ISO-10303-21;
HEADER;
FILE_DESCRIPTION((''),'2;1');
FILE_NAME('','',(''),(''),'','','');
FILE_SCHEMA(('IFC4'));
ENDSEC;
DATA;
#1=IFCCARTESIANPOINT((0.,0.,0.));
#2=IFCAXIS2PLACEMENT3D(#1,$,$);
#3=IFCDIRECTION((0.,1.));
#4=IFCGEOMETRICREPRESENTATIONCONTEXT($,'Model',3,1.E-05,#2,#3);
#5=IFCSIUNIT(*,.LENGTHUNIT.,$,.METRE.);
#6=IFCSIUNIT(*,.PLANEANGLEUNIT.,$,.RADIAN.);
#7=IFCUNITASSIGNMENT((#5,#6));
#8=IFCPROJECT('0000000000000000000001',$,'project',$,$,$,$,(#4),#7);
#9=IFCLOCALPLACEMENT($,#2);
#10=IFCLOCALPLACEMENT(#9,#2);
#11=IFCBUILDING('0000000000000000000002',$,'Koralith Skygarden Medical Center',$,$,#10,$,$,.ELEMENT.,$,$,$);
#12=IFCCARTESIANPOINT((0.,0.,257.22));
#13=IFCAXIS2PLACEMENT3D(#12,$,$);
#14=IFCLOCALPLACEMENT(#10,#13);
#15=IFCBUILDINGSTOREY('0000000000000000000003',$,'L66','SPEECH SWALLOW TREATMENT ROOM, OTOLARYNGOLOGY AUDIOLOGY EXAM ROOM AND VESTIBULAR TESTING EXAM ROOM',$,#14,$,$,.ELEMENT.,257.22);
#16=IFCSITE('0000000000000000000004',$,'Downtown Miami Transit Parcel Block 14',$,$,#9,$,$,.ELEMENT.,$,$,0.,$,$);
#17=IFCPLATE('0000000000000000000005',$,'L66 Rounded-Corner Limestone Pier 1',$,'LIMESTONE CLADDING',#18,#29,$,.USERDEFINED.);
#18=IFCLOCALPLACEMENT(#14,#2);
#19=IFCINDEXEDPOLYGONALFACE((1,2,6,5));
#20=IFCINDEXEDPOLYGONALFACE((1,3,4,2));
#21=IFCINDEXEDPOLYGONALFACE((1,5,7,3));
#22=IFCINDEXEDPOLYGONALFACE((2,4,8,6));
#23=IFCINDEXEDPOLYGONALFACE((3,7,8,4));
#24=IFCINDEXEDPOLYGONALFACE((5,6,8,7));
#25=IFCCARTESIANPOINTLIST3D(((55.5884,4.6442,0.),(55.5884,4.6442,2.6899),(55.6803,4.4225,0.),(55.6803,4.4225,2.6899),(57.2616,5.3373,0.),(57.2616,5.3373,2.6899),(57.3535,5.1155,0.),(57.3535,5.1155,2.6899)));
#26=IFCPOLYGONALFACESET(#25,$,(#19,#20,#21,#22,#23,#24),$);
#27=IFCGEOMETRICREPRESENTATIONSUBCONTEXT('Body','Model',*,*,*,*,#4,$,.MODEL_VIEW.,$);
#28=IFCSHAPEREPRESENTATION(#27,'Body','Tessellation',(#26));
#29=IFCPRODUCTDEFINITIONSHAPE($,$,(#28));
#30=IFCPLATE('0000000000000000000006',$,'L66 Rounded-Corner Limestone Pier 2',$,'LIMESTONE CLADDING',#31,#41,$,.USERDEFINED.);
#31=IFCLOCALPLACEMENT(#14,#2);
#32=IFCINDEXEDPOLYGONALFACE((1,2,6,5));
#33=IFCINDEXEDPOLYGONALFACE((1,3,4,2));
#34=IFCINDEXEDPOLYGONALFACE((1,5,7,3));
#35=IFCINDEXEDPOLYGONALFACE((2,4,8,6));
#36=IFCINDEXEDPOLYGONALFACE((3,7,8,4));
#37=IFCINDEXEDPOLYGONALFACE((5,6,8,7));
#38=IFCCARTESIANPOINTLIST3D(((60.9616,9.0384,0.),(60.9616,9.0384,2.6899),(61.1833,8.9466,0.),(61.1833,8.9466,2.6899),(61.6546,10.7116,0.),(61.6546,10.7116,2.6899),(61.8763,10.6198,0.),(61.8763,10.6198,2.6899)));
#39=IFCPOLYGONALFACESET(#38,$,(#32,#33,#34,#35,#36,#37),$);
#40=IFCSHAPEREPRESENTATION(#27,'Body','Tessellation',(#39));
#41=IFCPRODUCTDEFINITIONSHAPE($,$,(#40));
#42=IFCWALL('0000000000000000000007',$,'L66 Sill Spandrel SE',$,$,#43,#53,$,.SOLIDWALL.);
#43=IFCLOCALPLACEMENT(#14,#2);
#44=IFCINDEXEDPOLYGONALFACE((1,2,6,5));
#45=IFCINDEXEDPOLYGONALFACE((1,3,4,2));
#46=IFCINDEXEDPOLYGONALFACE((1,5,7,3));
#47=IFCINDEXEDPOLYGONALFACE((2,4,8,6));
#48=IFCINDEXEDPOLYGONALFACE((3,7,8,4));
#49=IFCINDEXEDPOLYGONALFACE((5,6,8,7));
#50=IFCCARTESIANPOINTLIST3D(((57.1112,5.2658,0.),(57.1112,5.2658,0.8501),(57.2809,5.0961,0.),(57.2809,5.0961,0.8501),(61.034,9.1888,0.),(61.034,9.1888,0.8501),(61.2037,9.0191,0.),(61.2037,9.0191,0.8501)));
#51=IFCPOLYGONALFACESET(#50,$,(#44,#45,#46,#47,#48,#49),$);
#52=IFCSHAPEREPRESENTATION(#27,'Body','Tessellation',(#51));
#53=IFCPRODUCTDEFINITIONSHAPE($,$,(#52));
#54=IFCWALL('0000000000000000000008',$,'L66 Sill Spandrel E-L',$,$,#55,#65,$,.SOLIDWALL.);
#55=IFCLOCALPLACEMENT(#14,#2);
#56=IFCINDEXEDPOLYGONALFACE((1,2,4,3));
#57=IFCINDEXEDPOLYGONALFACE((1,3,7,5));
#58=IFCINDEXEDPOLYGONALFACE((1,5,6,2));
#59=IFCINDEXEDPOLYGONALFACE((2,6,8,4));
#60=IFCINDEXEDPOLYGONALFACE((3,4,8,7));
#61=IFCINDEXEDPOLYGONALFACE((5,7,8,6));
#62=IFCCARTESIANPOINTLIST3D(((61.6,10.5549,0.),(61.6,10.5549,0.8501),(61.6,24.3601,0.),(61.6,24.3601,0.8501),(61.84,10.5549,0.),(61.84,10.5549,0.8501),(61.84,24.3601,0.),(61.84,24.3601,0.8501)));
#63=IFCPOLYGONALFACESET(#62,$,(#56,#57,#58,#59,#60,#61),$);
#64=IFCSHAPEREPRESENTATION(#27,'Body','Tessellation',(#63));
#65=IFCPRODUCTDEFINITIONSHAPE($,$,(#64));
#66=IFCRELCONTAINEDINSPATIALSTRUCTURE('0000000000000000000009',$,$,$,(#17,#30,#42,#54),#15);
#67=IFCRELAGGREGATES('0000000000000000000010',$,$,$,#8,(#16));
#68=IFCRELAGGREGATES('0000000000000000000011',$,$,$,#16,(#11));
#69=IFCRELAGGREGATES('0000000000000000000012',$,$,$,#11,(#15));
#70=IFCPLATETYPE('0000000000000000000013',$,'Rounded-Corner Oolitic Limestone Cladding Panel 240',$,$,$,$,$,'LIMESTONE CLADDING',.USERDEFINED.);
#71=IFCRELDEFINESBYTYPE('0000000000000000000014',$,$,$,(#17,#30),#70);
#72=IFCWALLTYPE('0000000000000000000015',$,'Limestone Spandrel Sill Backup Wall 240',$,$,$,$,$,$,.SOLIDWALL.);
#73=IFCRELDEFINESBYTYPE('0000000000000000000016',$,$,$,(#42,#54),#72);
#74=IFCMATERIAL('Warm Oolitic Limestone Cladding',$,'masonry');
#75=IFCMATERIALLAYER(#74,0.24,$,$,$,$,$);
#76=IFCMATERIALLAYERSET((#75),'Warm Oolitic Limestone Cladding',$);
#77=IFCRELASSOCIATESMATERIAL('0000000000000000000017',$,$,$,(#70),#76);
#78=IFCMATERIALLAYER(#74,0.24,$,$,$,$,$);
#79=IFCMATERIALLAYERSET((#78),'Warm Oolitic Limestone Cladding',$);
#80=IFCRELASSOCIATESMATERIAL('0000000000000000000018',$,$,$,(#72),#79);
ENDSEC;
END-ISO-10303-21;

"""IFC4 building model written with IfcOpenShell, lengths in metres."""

from ifc_helpers import new_model, si_unit, direction, frame, frame_2d, origin, origin_2d, place, context, subcontext, project, spatial, rectangle, extrude, material, layer, layer_set, type_object, element, save


model = new_model("IFC4")

# Units and contexts
model_context = context("Model", 3, precision=1e-05, world=origin(), true_north=direction((0.0, 1.0)))
body_context = subcontext(model_context, "Body", "Model", "MODEL_VIEW")
ifc_project = project(units=[si_unit("LENGTHUNIT", "METRE"), si_unit("PLANEANGLEUNIT", "RADIAN")], contexts=[model_context])

# Site, building, storey
site_placement = place(None, origin())
site = spatial("IfcSite", under=ifc_project, at=site_placement, Name="Downtown Miami Transit Parcel Block 14", CompositionType="ELEMENT", RefElevation=0.0)
building_placement = place(site_placement, origin())
building = spatial("IfcBuilding", under=site, at=building_placement, Name="Koralith Skygarden Medical Center", CompositionType="ELEMENT")
storey_placement = place(building_placement, frame((0.0, 0.0, 257.22)))
storey = spatial("IfcBuildingStorey", under=building, at=storey_placement, Name="L66", Description="SPEECH SWALLOW TREATMENT ROOM, OTOLARYNGOLOGY AUDIOLOGY EXAM ROOM AND VESTIBULAR TESTING EXAM ROOM", CompositionType="ELEMENT", Elevation=257.22)

# Plates
ifc_material_1 = material(Name="Warm Oolitic Limestone Cladding", Category="masonry")
ifc_layer_1 = layer(ifc_material_1, 0.24)
ifc_layer_set_1 = layer_set([ifc_layer_1], Name="Warm Oolitic Limestone Cladding")
plate_type_1 = type_object("IfcPlateType", Name="Rounded-Corner Oolitic Limestone Cladding Panel 240", ElementType="LIMESTONE CLADDING", PredefinedType="USERDEFINED", material=ifc_layer_set_1)
for number, where, z_axis, x_axis, name in (
    (1, (56.4709, 4.8799, 0.0), (0.0, 0.0, 1.0), (0.923885, 0.382671, 0.0), "L66 Rounded-Corner Limestone Pier 1"),
    (2, (61.4189, 9.8291, 0.0), (0.0, 0.0, 1.0), (0.382671, 0.923885, 0.0), "L66 Rounded-Corner Limestone Pier 2"),
):
    element("IfcPlate", number, at=place(storey_placement, frame(where, z_axis=z_axis, x_axis=x_axis)), inside=storey, type_object=plate_type_1, Name=name, ObjectType="LIMESTONE CLADDING", PredefinedType="USERDEFINED", context=body_context, shape_type="SweptSolid", body=[
        extrude(rectangle(XDim=1.811, YDim=0.24, at=origin_2d()), origin(), (0.0, 0.0, 1.0), 2.6899),
    ])

# Walls
ifc_layer_2 = layer(ifc_material_1, 0.24)
ifc_layer_set_2 = layer_set([ifc_layer_2], Name="Warm Oolitic Limestone Cladding")
wall_type = type_object("IfcWallType", Name="Limestone Spandrel Sill Backup Wall 240", PredefinedType="SOLIDWALL", material=ifc_layer_set_2)
wall_1_placement = place(storey_placement, frame((57.196, 5.1809, 0.0), z_axis=(0.0, 0.0, 1.0), x_axis=(0.707085, 0.707129, 0.0)))
element("IfcWall", 3, at=wall_1_placement, inside=storey, type_object=wall_type, Name="L66 Sill Spandrel SE", PredefinedType="SOLIDWALL", context=body_context, shape_type="SweptSolid", body=[
    extrude(rectangle(XDim=5.5479, YDim=0.24, at=frame_2d((2.7739, 0.0))), origin(), (0.0, 0.0, 1.0), 0.8501),
])
wall_2_placement = place(storey_placement, frame((61.72, 10.5549, 0.0), z_axis=(0.0, 0.0, 1.0), x_axis=(0.0, 1.0, 0.0)))
element("IfcWall", 4, at=wall_2_placement, inside=storey, type_object=wall_type, Name="L66 Sill Spandrel E-L", PredefinedType="SOLIDWALL", context=body_context, shape_type="SweptSolid", body=[
    extrude(rectangle(XDim=13.8052, YDim=0.24, at=frame_2d((6.9026, 0.0))), origin(), (0.0, 0.0, 1.0), 0.8501),
])

save(model, "model.ifc")
